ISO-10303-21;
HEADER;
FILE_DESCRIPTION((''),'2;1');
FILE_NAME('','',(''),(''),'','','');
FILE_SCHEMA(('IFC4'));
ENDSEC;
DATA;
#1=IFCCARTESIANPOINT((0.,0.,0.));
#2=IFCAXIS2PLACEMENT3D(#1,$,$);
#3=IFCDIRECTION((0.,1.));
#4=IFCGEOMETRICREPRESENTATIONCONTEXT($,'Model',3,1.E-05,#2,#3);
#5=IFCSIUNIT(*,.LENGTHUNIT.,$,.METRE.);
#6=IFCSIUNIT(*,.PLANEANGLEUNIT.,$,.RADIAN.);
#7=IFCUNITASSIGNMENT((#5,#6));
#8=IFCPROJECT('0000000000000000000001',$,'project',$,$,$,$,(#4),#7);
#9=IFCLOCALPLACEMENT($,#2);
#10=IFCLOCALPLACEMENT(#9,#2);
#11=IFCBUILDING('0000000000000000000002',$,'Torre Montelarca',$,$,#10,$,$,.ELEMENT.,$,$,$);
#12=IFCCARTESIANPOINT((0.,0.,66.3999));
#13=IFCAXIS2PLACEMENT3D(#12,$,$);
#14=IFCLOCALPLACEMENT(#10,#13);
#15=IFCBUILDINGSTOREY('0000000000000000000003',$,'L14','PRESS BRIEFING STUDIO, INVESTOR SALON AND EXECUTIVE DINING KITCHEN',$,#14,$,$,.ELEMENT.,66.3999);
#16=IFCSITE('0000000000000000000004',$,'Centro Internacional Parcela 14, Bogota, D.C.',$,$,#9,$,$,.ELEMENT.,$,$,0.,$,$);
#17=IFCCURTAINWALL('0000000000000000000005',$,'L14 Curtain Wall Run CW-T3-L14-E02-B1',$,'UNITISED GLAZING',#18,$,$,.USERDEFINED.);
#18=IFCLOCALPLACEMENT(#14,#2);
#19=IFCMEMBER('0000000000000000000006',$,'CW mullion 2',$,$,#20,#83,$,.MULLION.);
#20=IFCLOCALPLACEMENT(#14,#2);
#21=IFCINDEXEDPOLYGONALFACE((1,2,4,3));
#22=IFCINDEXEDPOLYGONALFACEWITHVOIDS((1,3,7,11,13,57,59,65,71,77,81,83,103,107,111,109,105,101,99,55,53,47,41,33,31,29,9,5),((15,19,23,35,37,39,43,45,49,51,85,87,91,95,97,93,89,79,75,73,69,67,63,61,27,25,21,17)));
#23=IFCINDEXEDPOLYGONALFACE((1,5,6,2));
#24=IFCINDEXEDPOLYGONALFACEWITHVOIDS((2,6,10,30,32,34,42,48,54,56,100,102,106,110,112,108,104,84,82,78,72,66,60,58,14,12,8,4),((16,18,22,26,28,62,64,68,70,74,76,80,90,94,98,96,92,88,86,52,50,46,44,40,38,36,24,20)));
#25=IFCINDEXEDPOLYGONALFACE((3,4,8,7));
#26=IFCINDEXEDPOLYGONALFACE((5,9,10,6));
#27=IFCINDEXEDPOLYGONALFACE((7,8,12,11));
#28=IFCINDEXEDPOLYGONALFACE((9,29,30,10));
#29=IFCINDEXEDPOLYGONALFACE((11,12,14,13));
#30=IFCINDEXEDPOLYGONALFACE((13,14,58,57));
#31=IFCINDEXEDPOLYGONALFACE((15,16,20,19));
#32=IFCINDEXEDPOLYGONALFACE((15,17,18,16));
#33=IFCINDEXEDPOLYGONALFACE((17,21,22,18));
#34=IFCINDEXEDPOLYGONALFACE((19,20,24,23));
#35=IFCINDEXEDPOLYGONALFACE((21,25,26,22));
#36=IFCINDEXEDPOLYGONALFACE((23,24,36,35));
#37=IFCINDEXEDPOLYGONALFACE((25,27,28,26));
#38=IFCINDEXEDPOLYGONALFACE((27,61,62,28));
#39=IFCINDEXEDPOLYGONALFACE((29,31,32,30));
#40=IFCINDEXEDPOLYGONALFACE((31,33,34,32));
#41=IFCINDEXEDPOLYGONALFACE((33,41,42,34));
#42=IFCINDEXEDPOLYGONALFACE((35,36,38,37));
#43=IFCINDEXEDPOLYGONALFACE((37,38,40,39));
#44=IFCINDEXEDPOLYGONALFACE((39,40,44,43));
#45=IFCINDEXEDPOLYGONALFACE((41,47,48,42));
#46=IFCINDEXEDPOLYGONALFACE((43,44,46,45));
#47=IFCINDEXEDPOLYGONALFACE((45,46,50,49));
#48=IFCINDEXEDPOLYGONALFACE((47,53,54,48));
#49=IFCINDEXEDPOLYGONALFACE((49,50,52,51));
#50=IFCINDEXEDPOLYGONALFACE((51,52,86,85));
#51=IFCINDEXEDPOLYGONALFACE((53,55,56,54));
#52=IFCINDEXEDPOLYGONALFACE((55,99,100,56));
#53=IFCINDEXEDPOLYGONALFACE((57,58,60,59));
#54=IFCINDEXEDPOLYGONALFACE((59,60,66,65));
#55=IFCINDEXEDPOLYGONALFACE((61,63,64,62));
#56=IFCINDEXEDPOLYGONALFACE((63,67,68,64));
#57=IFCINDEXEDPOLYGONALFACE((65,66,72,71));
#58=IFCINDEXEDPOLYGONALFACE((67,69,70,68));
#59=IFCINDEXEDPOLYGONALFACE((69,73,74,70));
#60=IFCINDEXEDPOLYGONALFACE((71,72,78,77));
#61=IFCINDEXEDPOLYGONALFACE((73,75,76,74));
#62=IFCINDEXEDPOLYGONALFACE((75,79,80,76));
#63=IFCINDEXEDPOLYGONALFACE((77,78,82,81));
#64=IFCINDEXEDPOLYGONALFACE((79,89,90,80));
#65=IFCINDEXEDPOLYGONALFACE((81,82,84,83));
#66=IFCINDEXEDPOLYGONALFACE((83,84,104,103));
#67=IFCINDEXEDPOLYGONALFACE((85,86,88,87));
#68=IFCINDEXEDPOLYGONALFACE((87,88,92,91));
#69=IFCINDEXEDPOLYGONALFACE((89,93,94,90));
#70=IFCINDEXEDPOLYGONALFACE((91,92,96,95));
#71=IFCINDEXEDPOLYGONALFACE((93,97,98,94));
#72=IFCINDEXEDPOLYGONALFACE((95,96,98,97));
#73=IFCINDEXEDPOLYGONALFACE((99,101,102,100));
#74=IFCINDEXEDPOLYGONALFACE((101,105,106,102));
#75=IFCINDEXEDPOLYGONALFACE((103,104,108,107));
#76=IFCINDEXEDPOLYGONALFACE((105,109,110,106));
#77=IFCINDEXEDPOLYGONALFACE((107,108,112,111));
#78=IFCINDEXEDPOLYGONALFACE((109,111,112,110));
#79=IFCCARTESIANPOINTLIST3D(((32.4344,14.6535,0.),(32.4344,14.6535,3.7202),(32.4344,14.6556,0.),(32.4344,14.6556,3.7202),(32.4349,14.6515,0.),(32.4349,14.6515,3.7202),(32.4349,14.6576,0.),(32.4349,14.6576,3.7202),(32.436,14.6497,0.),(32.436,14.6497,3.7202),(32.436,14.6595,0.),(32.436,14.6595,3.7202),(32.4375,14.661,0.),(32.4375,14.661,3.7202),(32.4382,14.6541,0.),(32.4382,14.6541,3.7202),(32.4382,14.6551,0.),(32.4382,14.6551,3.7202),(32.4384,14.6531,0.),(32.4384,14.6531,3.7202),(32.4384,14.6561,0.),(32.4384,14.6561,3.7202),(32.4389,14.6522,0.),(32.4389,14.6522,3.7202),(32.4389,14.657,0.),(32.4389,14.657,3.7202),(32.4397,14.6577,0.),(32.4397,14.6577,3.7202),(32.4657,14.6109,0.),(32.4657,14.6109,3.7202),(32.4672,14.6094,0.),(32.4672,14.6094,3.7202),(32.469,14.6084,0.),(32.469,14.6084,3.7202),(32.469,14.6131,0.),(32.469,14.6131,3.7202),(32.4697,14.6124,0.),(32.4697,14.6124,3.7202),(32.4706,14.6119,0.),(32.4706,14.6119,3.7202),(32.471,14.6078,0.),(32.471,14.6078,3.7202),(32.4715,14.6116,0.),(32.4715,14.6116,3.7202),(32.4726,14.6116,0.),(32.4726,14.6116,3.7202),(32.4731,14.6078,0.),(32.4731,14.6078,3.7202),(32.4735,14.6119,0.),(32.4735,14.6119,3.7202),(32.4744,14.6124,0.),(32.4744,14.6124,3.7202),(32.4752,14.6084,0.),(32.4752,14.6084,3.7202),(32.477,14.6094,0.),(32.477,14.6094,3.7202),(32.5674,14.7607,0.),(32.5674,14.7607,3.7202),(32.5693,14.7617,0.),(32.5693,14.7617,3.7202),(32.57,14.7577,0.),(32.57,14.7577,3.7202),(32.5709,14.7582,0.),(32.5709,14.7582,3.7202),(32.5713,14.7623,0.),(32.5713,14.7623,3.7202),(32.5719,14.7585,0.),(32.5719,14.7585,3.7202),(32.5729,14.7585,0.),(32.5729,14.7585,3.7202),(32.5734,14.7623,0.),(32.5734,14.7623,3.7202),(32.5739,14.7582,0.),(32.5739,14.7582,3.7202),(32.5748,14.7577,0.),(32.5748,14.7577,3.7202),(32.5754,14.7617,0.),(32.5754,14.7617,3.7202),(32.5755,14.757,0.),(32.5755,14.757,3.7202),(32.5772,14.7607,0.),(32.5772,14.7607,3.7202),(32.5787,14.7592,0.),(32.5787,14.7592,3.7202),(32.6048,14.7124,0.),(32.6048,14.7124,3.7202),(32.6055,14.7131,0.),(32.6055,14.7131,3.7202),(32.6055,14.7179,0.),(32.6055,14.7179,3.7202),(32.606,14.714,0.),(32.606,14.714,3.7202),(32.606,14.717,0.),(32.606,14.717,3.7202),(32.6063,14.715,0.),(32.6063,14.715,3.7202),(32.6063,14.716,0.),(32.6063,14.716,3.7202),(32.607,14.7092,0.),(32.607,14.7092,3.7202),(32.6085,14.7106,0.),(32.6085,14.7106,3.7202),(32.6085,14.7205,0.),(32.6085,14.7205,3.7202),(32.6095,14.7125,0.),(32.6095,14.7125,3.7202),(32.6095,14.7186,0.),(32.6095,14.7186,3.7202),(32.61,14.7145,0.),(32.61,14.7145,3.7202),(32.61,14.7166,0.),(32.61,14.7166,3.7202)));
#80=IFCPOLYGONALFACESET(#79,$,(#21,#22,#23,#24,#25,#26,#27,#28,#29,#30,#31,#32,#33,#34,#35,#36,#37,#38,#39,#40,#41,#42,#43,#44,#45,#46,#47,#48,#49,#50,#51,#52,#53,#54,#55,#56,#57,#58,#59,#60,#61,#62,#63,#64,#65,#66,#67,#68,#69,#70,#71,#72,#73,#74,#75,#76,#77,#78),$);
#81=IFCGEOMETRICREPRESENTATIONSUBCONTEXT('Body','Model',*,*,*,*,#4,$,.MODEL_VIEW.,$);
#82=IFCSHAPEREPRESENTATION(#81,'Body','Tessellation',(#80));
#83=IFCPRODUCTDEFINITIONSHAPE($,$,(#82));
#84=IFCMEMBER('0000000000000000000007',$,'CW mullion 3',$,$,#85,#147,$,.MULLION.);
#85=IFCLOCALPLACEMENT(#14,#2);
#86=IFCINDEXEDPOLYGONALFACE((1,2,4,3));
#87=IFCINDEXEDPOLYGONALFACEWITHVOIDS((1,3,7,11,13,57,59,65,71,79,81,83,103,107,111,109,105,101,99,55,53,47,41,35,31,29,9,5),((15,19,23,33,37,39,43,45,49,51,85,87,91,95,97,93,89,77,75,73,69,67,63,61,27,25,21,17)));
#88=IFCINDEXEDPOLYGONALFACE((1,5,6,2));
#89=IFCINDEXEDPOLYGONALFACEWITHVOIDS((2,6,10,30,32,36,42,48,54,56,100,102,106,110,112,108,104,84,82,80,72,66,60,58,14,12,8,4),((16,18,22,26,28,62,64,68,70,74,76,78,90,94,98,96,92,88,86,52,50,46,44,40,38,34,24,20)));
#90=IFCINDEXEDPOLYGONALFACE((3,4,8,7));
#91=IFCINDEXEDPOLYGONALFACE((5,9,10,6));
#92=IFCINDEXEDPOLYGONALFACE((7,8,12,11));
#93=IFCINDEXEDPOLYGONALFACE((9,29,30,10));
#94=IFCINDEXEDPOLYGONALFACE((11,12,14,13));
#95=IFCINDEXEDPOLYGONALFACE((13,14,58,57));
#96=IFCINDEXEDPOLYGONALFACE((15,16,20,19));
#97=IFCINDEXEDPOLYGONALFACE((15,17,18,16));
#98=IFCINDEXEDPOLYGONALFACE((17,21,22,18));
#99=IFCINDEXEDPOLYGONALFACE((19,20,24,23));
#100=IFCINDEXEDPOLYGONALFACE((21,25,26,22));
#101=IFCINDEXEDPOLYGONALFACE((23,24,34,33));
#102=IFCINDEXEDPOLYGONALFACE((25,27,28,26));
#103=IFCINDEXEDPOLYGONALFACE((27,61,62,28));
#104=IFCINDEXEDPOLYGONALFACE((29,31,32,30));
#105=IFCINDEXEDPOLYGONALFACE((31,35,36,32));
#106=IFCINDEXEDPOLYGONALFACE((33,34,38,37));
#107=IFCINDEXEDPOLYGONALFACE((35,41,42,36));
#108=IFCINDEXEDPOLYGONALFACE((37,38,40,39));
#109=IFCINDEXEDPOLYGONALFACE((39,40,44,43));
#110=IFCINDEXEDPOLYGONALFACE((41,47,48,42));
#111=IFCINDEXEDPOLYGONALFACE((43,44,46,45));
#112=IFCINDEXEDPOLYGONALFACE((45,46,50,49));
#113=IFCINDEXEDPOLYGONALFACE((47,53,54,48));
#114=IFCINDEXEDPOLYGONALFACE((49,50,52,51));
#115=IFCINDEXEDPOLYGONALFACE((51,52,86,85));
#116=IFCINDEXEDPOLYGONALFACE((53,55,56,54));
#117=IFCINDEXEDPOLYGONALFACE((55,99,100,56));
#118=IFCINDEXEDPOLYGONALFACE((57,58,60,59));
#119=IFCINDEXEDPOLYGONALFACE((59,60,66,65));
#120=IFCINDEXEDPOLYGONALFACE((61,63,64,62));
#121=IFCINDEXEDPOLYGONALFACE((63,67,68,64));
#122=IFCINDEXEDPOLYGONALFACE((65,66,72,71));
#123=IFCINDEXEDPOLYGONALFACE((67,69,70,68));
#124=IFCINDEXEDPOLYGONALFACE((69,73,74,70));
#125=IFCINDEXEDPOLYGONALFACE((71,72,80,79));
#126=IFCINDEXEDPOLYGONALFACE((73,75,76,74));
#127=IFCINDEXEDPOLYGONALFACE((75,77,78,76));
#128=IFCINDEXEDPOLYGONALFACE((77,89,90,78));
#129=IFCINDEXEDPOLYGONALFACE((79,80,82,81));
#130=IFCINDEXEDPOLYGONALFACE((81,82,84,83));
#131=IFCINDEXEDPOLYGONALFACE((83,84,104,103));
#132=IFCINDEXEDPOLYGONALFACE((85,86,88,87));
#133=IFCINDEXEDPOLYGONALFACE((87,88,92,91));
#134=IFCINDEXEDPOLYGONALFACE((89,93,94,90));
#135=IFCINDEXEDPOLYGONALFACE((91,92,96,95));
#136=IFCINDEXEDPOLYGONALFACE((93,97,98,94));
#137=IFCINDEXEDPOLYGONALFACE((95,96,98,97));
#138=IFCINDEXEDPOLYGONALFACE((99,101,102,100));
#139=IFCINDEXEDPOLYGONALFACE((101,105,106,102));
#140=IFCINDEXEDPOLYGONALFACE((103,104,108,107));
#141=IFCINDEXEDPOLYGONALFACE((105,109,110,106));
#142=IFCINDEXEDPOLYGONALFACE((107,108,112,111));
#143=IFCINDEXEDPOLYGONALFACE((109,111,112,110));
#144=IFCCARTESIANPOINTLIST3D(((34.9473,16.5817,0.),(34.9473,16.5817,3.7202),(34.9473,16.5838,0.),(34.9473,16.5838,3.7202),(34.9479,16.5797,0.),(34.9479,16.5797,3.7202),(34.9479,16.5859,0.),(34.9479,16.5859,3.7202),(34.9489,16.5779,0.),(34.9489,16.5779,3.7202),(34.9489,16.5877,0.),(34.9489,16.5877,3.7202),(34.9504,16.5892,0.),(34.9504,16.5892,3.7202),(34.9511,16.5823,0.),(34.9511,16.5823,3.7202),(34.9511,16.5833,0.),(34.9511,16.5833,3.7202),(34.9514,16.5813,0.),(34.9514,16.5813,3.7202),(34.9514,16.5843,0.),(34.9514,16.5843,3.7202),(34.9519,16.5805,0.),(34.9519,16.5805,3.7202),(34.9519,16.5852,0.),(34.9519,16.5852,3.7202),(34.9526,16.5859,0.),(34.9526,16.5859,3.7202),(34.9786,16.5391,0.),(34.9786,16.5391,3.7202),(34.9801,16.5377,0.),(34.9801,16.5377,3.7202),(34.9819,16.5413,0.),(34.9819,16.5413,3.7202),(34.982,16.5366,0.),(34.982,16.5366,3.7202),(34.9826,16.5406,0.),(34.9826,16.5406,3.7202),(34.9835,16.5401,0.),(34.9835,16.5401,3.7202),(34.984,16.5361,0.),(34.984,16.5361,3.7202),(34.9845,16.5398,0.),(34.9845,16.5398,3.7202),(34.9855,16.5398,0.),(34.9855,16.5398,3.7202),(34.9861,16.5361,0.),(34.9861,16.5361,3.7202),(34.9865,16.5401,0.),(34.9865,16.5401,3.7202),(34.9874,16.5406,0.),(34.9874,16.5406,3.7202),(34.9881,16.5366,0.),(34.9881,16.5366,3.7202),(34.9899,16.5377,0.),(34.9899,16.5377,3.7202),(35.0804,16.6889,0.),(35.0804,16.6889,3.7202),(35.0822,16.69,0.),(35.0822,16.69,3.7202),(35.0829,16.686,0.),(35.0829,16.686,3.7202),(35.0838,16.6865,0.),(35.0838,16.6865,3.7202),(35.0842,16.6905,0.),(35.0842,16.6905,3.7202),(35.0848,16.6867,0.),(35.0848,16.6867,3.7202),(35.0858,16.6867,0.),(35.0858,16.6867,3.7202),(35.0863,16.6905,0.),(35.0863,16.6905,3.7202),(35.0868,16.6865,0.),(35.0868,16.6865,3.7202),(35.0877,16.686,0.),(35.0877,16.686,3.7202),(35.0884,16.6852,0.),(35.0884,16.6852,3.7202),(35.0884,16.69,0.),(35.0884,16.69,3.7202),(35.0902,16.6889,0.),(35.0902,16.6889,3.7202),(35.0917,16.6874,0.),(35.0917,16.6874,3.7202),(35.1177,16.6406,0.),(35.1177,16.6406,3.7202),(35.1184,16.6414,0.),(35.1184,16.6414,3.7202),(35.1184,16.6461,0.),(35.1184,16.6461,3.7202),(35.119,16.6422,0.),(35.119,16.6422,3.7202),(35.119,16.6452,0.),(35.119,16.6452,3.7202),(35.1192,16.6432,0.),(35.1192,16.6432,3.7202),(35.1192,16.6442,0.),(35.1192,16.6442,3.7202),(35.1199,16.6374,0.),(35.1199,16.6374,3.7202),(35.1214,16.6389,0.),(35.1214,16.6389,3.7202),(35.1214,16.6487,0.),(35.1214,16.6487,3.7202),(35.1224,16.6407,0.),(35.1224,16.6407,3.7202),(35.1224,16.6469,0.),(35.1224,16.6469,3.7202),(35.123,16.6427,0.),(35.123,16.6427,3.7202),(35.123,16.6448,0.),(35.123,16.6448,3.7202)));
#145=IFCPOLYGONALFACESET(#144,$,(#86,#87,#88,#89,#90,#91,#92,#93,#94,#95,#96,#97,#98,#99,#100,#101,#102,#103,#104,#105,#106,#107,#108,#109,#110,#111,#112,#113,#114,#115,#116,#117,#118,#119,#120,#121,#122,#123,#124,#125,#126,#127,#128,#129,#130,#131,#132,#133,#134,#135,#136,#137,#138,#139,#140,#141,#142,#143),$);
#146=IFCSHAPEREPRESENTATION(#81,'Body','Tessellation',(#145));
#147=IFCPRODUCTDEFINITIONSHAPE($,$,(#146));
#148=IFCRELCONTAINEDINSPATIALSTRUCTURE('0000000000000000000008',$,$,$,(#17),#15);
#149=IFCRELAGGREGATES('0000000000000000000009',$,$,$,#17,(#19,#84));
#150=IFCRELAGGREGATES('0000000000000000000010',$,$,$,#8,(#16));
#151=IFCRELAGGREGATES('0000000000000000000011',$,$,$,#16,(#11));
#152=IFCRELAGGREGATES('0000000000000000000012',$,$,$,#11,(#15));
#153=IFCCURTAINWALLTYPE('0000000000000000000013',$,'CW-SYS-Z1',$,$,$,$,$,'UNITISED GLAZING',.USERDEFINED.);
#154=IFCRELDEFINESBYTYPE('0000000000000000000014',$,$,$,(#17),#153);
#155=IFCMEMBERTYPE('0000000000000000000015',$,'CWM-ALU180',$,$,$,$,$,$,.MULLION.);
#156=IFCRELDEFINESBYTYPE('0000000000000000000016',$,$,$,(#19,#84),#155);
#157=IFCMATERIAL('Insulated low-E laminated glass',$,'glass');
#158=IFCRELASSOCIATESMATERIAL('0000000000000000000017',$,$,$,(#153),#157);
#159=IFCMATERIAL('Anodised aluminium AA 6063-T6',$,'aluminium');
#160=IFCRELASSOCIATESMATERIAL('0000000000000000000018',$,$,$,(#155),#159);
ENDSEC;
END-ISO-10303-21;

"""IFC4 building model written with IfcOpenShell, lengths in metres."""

from ifc_helpers import new_model, si_unit, direction, frame, origin, origin_2d, place, context, subcontext, project, spatial, hollow_rectangle, extrude, source, transform, mapped, material, material_profile, profile_set, type_object, element, aggregate, save


model = new_model("IFC4")

# Units and contexts
model_context = context("Model", 3, precision=1e-05, world=origin(), true_north=direction((0.0, 1.0)))
body_context = subcontext(model_context, "Body", "Model", "MODEL_VIEW")
ifc_project = project(units=[si_unit("LENGTHUNIT", "METRE"), si_unit("PLANEANGLEUNIT", "RADIAN")], contexts=[model_context])

# Site, building, storey
site_placement = place(None, origin())
site = spatial("IfcSite", under=ifc_project, at=site_placement, Name="Centro Internacional Parcela 14, Bogota, D.C.", CompositionType="ELEMENT", RefElevation=0.0)
building_placement = place(site_placement, origin())
building = spatial("IfcBuilding", under=site, at=building_placement, Name="Torre Montelarca", CompositionType="ELEMENT")
storey_placement = place(building_placement, frame((0.0, 0.0, 66.3999)))
storey = spatial("IfcBuildingStorey", under=building, at=storey_placement, Name="L14", Description="PRESS BRIEFING STUDIO, INVESTOR SALON AND EXECUTIVE DINING KITCHEN", CompositionType="ELEMENT", Elevation=66.3999)

# Curtain wall
ifc_material_1 = material(Name="Insulated low-E laminated glass", Category="glass")
curtain_wall_type = type_object("IfcCurtainWallType", Name="CW-SYS-Z1", ElementType="UNITISED GLAZING", PredefinedType="USERDEFINED", material=ifc_material_1)
curtain_wall_1_placement = place(storey_placement, origin())
curtain_wall_1 = element("IfcCurtainWall", 1, at=curtain_wall_1_placement, inside=storey, type_object=curtain_wall_type, Name="L14 Curtain Wall Run CW-T3-L14-E02-B1", ObjectType="UNITISED GLAZING", PredefinedType="USERDEFINED")
ifc_material_2 = material(Name="Anodised aluminium AA 6063-T6", Category="aluminium")

# Members
ifc_material_profile_1 = material_profile(ifc_material_2, hollow_rectangle(XDim=0.0649, YDim=0.1799, WallThickness=0.0039, InnerFilletRadius=0.0039, OuterFilletRadius=0.0081, at=origin_2d()), Name="ALU65X180X4", Category="aluminium")
ifc_profile_set_1 = profile_set([ifc_material_profile_1], Name="Anodised aluminium AA 6063-T6")
member_type_1 = type_object("IfcMemberType", Name="CWM-ALU180", PredefinedType="MULLION", material=ifc_profile_set_1)
shared_shape_1 = source(origin(), body_context, "Body", "SweptSolid", [
    extrude(hollow_rectangle(XDim=0.0649, YDim=0.1799, WallThickness=0.0039, InnerFilletRadius=0.0039, OuterFilletRadius=0.0081, at=origin_2d()), origin(), (0.0, 0.0, 1.0), 3.7202),
])
member_1_placement = place(storey_placement, frame((32.5222, 14.6851, 0.0), z_axis=(0.0, 0.0, 1.0), x_axis=(-0.608757, 0.793357, 0.0)))
member_1 = element("IfcMember", 2, at=member_1_placement, type_object=member_type_1, Name="CW mullion 2", PredefinedType="MULLION", context=body_context, shape_type="MappedRepresentation", body=[
    mapped(shared_shape_1, transform((0.0, 0.0, 0.0), scale=1.0)),
])
member_2_placement = place(storey_placement, frame((35.0352, 16.6133, 0.0), z_axis=(0.0, 0.0, 1.0), x_axis=(-0.608757, 0.793357, 0.0)))
member_2 = element("IfcMember", 3, at=member_2_placement, type_object=member_type_1, Name="CW mullion 3", PredefinedType="MULLION", context=body_context, shape_type="MappedRepresentation", body=[
    mapped(shared_shape_1, transform((0.0, 0.0, 0.0), scale=1.0)),
])

aggregate(curtain_wall_1, [member_1, member_2])

save(model, "model.ifc")
